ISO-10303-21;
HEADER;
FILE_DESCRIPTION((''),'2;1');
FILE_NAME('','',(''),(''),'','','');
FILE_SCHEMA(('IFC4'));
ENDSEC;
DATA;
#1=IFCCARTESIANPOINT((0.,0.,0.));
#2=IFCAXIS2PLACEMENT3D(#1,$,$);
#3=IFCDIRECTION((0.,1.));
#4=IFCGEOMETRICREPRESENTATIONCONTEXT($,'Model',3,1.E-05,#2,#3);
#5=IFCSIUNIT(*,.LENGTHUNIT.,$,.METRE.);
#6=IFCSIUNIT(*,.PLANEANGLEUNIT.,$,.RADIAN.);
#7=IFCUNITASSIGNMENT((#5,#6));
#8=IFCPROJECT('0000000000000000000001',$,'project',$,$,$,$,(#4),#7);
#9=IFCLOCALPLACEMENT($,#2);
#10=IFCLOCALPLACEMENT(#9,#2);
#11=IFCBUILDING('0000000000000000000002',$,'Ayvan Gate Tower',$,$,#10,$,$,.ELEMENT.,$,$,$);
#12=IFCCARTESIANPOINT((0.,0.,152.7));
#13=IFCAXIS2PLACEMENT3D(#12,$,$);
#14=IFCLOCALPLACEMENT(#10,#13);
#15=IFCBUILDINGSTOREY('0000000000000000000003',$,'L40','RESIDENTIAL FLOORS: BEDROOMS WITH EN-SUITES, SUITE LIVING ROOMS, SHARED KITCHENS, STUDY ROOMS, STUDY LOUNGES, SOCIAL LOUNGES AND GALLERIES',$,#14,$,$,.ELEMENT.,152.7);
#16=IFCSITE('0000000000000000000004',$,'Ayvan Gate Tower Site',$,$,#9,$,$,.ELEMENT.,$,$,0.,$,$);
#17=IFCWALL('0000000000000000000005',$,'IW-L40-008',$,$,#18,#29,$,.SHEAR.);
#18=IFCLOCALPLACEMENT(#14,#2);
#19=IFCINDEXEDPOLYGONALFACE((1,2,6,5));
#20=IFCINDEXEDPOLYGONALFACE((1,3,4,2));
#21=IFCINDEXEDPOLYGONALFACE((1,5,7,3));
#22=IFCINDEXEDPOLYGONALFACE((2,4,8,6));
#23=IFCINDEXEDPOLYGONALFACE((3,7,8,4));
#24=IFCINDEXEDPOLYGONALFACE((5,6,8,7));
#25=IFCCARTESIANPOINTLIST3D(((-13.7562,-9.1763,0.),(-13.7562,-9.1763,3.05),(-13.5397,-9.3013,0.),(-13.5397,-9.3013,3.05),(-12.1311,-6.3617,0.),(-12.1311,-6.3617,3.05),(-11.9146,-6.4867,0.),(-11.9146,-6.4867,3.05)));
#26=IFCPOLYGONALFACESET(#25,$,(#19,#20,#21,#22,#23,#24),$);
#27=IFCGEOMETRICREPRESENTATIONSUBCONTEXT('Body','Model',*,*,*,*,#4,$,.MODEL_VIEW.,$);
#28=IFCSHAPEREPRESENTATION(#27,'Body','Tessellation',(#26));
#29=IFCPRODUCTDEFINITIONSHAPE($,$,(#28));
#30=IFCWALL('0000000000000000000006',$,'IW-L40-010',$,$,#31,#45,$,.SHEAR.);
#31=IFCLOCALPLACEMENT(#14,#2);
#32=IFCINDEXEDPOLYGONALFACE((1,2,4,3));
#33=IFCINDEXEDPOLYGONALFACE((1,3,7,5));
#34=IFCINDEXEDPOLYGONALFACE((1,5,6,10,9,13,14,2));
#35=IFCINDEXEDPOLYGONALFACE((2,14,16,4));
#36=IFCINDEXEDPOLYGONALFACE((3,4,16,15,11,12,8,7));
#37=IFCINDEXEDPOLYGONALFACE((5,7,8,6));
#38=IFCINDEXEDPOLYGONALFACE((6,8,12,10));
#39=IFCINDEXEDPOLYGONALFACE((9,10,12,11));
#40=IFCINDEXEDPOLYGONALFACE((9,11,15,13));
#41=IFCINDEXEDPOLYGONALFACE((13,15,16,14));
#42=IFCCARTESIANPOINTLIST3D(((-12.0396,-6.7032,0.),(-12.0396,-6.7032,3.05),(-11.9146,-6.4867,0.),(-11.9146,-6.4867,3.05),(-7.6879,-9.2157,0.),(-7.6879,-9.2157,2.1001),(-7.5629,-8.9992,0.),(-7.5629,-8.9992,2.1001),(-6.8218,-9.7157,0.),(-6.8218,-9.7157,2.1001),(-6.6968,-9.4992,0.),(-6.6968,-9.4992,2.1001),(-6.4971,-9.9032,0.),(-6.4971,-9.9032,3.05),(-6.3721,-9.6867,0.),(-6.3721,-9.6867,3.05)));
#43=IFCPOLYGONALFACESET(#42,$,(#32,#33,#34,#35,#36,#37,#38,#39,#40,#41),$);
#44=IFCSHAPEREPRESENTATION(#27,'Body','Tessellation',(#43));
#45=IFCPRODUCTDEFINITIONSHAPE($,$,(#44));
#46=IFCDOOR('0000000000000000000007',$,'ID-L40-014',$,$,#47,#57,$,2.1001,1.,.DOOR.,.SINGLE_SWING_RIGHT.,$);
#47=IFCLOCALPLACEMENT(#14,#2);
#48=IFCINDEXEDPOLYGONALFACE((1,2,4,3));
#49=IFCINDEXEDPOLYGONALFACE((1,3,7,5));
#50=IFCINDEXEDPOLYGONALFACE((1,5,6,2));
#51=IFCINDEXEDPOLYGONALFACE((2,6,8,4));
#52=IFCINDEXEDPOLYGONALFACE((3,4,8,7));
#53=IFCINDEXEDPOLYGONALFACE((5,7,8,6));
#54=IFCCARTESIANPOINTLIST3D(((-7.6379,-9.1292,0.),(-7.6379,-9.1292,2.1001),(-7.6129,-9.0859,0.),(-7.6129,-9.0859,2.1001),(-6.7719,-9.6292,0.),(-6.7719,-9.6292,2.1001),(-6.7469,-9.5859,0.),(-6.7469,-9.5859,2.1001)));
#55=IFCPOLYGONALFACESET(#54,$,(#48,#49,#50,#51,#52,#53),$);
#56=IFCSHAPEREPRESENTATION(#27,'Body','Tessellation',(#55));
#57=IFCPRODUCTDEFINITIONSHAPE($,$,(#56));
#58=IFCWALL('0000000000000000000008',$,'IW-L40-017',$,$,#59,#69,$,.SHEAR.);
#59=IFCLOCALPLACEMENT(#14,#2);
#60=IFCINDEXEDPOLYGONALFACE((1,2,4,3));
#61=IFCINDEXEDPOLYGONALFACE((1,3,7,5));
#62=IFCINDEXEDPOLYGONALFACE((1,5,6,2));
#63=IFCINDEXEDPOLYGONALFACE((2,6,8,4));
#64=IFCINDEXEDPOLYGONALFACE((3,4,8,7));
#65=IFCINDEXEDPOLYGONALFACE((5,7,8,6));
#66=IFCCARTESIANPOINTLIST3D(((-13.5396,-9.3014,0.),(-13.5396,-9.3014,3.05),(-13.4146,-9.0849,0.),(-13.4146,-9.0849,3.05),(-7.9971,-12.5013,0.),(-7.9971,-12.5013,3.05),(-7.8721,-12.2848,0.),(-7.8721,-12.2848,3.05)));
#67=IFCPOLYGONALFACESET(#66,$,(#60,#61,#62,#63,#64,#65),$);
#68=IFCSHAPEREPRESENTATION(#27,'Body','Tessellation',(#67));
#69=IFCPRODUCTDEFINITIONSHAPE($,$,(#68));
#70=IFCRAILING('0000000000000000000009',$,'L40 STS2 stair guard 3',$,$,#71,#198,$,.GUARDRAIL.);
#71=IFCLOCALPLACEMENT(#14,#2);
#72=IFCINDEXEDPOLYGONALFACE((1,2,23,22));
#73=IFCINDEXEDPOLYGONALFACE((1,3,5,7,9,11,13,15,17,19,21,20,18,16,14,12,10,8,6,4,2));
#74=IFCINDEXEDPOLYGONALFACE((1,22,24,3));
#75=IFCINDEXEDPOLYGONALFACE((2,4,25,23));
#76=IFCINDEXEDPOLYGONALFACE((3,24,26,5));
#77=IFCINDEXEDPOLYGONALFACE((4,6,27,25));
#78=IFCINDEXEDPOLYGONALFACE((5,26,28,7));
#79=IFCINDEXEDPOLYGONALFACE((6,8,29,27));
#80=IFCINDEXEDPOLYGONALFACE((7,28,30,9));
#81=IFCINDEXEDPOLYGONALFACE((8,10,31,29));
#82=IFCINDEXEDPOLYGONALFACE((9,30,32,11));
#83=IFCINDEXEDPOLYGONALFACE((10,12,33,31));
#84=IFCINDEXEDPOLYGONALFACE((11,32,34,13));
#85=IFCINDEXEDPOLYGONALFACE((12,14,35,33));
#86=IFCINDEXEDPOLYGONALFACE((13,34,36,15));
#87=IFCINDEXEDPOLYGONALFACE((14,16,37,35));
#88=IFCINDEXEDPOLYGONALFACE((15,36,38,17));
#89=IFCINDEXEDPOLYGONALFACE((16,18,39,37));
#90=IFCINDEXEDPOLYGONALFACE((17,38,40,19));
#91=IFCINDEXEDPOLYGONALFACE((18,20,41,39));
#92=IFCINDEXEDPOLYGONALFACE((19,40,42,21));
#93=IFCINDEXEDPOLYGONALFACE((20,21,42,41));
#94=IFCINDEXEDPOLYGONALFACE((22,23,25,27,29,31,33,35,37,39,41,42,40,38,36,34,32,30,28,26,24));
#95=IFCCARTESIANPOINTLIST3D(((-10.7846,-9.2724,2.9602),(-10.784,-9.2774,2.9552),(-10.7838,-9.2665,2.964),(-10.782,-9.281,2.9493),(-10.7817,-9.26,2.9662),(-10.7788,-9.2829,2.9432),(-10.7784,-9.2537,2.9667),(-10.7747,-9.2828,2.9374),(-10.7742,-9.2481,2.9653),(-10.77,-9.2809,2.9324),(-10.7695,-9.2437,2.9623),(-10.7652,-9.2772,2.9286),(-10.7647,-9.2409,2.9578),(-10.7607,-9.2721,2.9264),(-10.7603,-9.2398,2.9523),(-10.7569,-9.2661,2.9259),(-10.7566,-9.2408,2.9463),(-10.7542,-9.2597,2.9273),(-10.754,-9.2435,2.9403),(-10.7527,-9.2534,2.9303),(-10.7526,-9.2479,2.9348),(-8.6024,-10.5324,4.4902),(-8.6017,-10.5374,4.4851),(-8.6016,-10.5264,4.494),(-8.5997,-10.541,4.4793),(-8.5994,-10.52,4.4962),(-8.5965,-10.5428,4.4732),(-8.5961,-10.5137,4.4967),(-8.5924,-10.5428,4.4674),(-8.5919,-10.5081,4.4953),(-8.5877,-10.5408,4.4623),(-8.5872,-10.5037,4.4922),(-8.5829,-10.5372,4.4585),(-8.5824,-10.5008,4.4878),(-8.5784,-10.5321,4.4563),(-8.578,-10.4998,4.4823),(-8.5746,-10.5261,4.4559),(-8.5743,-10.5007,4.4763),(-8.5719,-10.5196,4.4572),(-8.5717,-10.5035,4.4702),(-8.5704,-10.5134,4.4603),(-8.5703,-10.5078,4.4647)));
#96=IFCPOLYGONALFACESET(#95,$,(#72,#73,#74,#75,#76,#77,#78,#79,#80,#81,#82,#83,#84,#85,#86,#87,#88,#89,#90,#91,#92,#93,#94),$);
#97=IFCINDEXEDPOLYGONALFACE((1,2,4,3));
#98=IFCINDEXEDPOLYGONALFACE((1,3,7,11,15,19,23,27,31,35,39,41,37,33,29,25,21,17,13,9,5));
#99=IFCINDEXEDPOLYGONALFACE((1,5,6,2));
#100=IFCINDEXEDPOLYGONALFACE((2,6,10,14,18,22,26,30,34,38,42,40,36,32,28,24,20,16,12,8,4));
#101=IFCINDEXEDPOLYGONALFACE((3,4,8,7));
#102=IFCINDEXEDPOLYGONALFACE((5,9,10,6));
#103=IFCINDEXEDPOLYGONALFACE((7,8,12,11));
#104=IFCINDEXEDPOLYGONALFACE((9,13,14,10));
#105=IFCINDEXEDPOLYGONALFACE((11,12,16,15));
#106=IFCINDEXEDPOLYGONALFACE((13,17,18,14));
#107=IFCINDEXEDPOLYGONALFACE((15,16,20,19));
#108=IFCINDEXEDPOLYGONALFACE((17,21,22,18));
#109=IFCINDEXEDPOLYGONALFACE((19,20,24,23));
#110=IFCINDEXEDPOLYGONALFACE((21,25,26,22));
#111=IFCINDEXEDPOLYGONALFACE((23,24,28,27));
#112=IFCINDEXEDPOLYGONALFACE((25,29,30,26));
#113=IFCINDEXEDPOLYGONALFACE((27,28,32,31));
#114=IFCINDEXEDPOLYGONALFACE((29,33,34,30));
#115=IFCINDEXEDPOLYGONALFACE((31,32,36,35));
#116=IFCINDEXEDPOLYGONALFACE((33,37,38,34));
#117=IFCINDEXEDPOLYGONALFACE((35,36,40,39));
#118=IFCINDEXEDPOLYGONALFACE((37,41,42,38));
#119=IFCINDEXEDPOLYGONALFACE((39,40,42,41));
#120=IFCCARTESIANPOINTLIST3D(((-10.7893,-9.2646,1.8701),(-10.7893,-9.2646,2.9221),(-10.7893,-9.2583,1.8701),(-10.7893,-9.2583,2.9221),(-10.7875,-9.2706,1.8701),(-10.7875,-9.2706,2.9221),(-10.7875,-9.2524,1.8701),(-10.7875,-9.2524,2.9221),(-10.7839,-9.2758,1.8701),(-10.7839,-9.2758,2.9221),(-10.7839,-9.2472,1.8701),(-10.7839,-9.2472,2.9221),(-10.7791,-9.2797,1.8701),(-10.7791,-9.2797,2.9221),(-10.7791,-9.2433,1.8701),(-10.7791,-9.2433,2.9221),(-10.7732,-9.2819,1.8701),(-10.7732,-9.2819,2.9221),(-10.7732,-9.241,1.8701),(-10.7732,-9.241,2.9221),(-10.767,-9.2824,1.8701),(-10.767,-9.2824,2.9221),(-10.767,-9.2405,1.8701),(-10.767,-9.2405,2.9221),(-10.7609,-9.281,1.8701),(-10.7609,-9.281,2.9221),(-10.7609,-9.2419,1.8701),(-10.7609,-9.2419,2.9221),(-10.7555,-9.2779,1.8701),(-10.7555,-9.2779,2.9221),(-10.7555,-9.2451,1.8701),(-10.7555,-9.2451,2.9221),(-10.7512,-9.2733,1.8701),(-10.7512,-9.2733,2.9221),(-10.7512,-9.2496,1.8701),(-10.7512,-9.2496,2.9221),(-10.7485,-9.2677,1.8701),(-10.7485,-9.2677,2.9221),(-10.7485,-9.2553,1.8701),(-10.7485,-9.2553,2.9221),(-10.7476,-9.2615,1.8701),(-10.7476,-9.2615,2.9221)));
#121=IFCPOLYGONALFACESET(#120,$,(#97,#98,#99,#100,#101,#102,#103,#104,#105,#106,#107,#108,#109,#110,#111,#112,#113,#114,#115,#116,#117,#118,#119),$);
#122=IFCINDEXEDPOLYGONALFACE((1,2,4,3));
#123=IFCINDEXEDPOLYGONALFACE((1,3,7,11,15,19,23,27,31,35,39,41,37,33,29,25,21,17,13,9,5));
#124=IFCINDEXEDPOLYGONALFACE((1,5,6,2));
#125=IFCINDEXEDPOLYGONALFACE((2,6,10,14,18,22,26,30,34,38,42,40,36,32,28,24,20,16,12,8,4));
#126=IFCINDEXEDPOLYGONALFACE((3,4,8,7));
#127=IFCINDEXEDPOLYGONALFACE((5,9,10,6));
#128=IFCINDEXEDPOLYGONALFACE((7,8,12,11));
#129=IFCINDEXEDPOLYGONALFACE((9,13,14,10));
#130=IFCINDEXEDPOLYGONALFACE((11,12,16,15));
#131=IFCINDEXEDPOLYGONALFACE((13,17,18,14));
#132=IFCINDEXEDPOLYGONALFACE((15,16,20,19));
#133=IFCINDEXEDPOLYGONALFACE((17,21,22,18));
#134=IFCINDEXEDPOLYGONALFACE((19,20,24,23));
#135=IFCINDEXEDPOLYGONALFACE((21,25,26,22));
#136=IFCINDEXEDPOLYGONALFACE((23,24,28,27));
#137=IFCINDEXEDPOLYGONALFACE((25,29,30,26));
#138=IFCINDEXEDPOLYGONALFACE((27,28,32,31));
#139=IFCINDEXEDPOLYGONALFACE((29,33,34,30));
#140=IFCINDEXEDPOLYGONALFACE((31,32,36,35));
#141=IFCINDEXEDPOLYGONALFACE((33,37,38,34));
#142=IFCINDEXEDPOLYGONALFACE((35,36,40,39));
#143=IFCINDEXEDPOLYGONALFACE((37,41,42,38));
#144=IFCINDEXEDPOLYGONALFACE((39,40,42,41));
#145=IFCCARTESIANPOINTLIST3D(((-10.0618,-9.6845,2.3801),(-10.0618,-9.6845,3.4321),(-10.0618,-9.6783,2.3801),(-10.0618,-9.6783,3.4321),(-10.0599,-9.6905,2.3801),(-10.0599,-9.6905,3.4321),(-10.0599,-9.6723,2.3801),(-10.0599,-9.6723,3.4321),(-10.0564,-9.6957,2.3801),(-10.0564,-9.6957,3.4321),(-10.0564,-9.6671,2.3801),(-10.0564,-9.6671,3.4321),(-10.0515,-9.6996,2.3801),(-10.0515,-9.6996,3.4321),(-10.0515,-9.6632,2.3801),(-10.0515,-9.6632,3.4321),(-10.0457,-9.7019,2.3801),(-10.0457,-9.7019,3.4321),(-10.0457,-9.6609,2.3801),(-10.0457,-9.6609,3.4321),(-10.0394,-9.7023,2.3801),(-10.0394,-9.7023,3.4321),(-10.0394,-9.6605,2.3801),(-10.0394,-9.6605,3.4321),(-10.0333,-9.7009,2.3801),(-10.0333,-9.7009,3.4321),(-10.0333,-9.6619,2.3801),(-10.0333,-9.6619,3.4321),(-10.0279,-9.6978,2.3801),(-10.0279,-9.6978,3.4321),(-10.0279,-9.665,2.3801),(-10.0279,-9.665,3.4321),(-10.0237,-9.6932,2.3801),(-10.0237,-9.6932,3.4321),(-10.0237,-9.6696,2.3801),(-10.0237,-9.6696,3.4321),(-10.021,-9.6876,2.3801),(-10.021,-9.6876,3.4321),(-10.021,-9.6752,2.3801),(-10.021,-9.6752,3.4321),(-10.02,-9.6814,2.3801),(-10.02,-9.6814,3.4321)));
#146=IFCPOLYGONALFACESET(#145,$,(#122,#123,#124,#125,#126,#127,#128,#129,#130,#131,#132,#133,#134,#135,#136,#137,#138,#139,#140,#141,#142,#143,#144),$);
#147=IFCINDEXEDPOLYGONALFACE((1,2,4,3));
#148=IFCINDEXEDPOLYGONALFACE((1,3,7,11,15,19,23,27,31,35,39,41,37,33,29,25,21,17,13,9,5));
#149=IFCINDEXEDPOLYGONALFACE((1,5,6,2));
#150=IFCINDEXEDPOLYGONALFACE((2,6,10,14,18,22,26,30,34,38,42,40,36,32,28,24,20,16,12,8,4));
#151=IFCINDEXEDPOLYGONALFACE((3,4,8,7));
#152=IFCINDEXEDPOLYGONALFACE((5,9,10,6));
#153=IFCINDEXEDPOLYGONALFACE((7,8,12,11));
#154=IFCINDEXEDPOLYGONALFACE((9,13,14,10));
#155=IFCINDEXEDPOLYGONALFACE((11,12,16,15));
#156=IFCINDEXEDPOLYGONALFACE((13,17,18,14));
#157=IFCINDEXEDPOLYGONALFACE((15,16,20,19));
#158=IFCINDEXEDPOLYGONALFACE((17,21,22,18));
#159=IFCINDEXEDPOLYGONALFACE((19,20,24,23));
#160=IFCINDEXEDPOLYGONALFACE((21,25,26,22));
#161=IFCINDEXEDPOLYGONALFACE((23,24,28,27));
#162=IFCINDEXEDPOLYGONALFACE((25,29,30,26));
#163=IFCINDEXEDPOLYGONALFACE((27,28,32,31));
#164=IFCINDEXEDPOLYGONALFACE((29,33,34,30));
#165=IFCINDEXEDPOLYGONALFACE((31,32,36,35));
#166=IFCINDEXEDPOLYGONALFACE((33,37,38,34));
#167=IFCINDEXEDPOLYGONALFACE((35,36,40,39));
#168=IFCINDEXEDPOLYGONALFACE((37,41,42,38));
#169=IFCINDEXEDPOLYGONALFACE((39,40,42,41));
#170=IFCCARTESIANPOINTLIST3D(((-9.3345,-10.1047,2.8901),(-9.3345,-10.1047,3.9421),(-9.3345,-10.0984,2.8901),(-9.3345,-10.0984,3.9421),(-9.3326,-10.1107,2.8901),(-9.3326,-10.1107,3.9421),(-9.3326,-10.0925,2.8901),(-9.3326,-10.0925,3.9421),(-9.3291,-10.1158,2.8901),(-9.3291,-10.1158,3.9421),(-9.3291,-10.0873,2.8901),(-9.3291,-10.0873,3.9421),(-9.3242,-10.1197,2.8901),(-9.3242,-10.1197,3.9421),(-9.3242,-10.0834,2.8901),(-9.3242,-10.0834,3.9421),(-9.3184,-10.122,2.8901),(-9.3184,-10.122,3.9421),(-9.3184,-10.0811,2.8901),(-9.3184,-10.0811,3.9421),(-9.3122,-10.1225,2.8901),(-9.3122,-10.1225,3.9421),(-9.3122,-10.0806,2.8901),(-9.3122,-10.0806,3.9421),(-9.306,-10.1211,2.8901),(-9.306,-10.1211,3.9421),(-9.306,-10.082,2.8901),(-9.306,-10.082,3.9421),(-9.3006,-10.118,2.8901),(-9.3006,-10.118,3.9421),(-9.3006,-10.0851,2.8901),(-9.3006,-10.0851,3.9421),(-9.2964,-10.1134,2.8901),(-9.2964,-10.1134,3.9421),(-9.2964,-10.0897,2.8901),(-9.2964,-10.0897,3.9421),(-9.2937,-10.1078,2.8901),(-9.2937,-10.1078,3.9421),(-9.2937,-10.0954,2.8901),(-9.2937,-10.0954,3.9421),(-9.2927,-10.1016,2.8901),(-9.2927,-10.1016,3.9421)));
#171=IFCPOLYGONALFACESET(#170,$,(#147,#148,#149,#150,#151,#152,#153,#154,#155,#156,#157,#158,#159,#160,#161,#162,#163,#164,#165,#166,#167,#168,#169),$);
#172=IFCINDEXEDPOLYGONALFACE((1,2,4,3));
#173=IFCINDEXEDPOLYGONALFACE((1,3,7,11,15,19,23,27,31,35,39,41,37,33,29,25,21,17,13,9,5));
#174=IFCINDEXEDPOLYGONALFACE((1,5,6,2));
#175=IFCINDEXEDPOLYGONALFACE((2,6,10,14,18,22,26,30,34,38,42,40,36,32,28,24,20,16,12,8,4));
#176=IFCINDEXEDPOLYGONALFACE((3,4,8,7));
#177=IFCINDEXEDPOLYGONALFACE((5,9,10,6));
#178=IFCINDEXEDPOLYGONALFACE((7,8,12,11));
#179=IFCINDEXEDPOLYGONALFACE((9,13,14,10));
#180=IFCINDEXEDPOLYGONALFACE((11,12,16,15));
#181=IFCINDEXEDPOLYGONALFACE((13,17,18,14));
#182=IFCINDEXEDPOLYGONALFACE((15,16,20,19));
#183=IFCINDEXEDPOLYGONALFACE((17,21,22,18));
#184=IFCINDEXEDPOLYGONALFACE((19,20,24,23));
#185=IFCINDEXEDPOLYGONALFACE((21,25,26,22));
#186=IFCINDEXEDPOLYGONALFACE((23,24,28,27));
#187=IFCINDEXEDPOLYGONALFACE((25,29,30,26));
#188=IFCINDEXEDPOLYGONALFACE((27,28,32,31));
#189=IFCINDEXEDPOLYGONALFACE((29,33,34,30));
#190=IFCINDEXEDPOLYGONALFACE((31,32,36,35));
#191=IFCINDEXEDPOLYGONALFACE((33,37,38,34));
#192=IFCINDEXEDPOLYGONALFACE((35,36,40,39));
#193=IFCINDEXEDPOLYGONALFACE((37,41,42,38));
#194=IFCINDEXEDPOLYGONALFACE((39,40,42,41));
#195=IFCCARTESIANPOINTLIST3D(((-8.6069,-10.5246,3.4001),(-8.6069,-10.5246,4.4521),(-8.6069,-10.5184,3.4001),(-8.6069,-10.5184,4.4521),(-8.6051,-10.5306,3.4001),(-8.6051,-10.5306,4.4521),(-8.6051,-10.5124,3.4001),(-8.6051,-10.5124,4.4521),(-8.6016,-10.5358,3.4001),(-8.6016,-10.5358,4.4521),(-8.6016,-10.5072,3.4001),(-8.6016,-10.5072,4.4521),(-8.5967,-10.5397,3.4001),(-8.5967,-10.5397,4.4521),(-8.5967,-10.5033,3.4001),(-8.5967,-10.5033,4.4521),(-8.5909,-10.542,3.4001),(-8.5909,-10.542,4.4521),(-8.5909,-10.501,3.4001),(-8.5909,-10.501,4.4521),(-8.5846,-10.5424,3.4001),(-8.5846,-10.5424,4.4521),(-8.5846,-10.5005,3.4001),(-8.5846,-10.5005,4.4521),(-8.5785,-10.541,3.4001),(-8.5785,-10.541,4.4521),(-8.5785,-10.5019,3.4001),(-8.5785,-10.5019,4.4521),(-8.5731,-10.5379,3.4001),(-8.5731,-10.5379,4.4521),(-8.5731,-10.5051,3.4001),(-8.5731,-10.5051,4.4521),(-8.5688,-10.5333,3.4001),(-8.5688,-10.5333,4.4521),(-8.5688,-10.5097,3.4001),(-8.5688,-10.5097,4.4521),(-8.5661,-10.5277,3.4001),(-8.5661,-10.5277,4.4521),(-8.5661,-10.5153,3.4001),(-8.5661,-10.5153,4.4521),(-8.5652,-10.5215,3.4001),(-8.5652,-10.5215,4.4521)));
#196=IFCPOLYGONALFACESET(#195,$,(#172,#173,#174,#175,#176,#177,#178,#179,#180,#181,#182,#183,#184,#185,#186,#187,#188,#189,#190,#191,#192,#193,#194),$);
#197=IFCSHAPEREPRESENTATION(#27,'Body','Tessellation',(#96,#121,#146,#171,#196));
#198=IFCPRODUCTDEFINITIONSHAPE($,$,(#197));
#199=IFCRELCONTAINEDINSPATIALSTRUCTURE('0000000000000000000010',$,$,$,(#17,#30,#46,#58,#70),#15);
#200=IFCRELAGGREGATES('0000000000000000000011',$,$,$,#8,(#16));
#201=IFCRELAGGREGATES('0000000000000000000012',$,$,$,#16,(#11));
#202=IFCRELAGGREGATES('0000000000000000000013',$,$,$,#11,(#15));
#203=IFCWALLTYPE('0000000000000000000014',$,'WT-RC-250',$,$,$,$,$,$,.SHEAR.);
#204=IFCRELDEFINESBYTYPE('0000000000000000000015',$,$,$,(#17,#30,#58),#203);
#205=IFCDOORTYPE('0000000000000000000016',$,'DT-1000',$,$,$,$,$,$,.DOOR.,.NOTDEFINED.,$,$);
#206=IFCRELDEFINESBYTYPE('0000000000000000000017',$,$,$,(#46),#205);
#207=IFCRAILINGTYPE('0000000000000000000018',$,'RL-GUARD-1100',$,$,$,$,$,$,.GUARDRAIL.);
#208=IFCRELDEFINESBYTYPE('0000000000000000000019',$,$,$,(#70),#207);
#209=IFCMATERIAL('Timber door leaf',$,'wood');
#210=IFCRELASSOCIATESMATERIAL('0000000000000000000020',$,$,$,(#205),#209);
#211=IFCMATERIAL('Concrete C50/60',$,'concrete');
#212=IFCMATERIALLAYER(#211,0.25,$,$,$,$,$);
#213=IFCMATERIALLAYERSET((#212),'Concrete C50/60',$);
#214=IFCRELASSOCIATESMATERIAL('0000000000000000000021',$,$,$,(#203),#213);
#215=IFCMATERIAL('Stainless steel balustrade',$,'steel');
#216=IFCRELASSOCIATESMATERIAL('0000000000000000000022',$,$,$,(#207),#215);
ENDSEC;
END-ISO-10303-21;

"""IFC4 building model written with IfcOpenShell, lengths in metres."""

from ifc_helpers import new_model, si_unit, direction, frame, frame_2d, origin, origin_2d, place, context, subcontext, project, spatial, rectangle, circle, extrude, material, layer, layer_set, type_object, element, fill, save


model = new_model("IFC4")

# Units and contexts
model_context = context("Model", 3, precision=1e-05, world=origin(), true_north=direction((0.0, 1.0)))
body_context = subcontext(model_context, "Body", "Model", "MODEL_VIEW")
ifc_project = project(units=[si_unit("LENGTHUNIT", "METRE"), si_unit("PLANEANGLEUNIT", "RADIAN")], contexts=[model_context])

# Site, building, storey
site_placement = place(None, origin())
site = spatial("IfcSite", under=ifc_project, at=site_placement, Name="Ayvan Gate Tower Site", CompositionType="ELEMENT", RefElevation=0.0)
building_placement = place(site_placement, origin())
building = spatial("IfcBuilding", under=site, at=building_placement, Name="Ayvan Gate Tower", CompositionType="ELEMENT")
storey_placement = place(building_placement, frame((0.0, 0.0, 152.7)))
storey = spatial("IfcBuildingStorey", under=building, at=storey_placement, Name="L40", Description="RESIDENTIAL FLOORS: BEDROOMS WITH EN-SUITES, SUITE LIVING ROOMS, SHARED KITCHENS, STUDY ROOMS, STUDY LOUNGES, SOCIAL LOUNGES AND GALLERIES", CompositionType="ELEMENT", Elevation=152.7)

# Shared definitions
ifc_material_1 = material(Name="Timber door leaf", Category="wood")
door_type_1 = type_object("IfcDoorType", Name="DT-1000", OperationType="NOTDEFINED", PredefinedType="DOOR", material=ifc_material_1)

# Wall
ifc_material_2 = material(Name="Concrete C50/60", Category="concrete")
ifc_layer_1 = layer(ifc_material_2, 0.25)
ifc_layer_set_1 = layer_set([ifc_layer_1], Name="Concrete C50/60")
wall_type_1 = type_object("IfcWallType", Name="WT-RC-250", PredefinedType="SHEAR", material=ifc_layer_set_1)
wall_1_placement = place(storey_placement, frame((-13.6479, -9.2388, 0.0), z_axis=(0.0, 0.0, 1.0), x_axis=(0.500017, 0.866015, 0.0)))
element("IfcWall", 1, at=wall_1_placement, inside=storey, type_object=wall_type_1, Name="IW-L40-008", PredefinedType="SHEAR", context=body_context, shape_type="SweptSolid", body=[
    extrude(rectangle(XDim=3.25, YDim=0.25, at=frame_2d((1.625, 0.0))), origin(), (0.0, 0.0, 1.0), 3.05),
])

# Wall, opening, door
wall_2_placement = place(storey_placement, frame((-11.9771, -6.595, 0.0), z_axis=(0.0, 0.0, 1.0), x_axis=(0.866025, -0.5, 0.0)))
wall_2 = element("IfcWall", 2, at=wall_2_placement, inside=storey, type_object=wall_type_1, Name="IW-L40-010", PredefinedType="SHEAR", context=body_context, shape_type="SweptSolid", body=[
    extrude(rectangle(XDim=6.3999, YDim=0.25, at=frame_2d((3.2, 0.0))), origin(), (0.0, 0.0, 1.0), 3.05),
])
opening_1_placement = place(wall_2_placement, frame((5.0249, 0.0, 0.0)))
opening_1 = element("IfcOpeningElement", 3, at=opening_1_placement, cuts=wall_2, PredefinedType="OPENING", context=body_context, shape_type="SweptSolid", body=[
    extrude(rectangle(XDim=1.0, YDim=2.1001, at=frame_2d((0.5, 1.05))), frame((0.0, 0.135, 0.0), z_axis=(0.0, -1.0, 0.0), x_axis=(1.0, 0.0, 0.0)), (0.0, 0.0, 1.0), 0.27),
])
door_1_placement = place(opening_1_placement, origin())
door_1 = element("IfcDoor", 4, at=door_1_placement, inside=storey, type_object=door_type_1, Name="ID-L40-014", OperationType="SINGLE_SWING_RIGHT", OverallHeight=2.1001, OverallWidth=1.0, PredefinedType="DOOR", context=body_context, shape_type="SweptSolid", body=[
    extrude(rectangle(XDim=1.0, YDim=2.1001, at=frame_2d((0.5, 1.05))), frame((0.0, 0.0249, 0.0), z_axis=(0.0, -1.0, 0.0), x_axis=(1.0, 0.0, 0.0)), (0.0, 0.0, 1.0), 0.05),
])
fill(opening_1, door_1)

# Wall
wall_3_placement = place(storey_placement, frame((-13.4771, -9.1931, 0.0), z_axis=(0.0, 0.0, 1.0), x_axis=(0.866025, -0.5, 0.0)))
element("IfcWall", 5, at=wall_3_placement, inside=storey, type_object=wall_type_1, Name="IW-L40-017", PredefinedType="SHEAR", context=body_context, shape_type="SweptSolid", body=[
    extrude(rectangle(XDim=6.3999, YDim=0.25, at=frame_2d((3.2, 0.0))), origin(), (0.0, 0.0, 1.0), 3.05),
])

# Railing
ifc_material_3 = material(Name="Stainless steel balustrade", Category="steel")
railing_type_1 = type_object("IfcRailingType", Name="RL-GUARD-1100", PredefinedType="GUARDRAIL", material=ifc_material_3)
railing_1_placement = place(storey_placement, frame((-10.7686, -9.2615, 1.8701)))
element("IfcRailing", 6, at=railing_1_placement, inside=storey, type_object=railing_type_1, Name="L40 STS2 stair guard 3", PredefinedType="GUARDRAIL", context=body_context, shape_type="SweptSolid", body=[
    extrude(circle(Radius=0.0239, at=origin_2d()), frame((0.0, 0.0, 1.0762), z_axis=(0.740261, -0.427395, 0.518986), x_axis=(0.500005, 0.866023, 0.0)), (0.0, 0.0, 1.0), 2.948),
    extrude(circle(Radius=0.021, at=origin_2d()), origin(), (0.0, 0.0, 1.0), 1.052),
    extrude(circle(Radius=0.021, at=origin_2d()), frame((0.7275, -0.4199, 0.51)), (0.0, 0.0, 1.0), 1.052),
    extrude(circle(Radius=0.021, at=origin_2d()), frame((1.4548, -0.8401, 1.02)), (0.0, 0.0, 1.0), 1.052),
    extrude(circle(Radius=0.021, at=origin_2d()), frame((2.1824, -1.26, 1.53)), (0.0, 0.0, 1.0), 1.052),
])

save(model, "model.ifc")
